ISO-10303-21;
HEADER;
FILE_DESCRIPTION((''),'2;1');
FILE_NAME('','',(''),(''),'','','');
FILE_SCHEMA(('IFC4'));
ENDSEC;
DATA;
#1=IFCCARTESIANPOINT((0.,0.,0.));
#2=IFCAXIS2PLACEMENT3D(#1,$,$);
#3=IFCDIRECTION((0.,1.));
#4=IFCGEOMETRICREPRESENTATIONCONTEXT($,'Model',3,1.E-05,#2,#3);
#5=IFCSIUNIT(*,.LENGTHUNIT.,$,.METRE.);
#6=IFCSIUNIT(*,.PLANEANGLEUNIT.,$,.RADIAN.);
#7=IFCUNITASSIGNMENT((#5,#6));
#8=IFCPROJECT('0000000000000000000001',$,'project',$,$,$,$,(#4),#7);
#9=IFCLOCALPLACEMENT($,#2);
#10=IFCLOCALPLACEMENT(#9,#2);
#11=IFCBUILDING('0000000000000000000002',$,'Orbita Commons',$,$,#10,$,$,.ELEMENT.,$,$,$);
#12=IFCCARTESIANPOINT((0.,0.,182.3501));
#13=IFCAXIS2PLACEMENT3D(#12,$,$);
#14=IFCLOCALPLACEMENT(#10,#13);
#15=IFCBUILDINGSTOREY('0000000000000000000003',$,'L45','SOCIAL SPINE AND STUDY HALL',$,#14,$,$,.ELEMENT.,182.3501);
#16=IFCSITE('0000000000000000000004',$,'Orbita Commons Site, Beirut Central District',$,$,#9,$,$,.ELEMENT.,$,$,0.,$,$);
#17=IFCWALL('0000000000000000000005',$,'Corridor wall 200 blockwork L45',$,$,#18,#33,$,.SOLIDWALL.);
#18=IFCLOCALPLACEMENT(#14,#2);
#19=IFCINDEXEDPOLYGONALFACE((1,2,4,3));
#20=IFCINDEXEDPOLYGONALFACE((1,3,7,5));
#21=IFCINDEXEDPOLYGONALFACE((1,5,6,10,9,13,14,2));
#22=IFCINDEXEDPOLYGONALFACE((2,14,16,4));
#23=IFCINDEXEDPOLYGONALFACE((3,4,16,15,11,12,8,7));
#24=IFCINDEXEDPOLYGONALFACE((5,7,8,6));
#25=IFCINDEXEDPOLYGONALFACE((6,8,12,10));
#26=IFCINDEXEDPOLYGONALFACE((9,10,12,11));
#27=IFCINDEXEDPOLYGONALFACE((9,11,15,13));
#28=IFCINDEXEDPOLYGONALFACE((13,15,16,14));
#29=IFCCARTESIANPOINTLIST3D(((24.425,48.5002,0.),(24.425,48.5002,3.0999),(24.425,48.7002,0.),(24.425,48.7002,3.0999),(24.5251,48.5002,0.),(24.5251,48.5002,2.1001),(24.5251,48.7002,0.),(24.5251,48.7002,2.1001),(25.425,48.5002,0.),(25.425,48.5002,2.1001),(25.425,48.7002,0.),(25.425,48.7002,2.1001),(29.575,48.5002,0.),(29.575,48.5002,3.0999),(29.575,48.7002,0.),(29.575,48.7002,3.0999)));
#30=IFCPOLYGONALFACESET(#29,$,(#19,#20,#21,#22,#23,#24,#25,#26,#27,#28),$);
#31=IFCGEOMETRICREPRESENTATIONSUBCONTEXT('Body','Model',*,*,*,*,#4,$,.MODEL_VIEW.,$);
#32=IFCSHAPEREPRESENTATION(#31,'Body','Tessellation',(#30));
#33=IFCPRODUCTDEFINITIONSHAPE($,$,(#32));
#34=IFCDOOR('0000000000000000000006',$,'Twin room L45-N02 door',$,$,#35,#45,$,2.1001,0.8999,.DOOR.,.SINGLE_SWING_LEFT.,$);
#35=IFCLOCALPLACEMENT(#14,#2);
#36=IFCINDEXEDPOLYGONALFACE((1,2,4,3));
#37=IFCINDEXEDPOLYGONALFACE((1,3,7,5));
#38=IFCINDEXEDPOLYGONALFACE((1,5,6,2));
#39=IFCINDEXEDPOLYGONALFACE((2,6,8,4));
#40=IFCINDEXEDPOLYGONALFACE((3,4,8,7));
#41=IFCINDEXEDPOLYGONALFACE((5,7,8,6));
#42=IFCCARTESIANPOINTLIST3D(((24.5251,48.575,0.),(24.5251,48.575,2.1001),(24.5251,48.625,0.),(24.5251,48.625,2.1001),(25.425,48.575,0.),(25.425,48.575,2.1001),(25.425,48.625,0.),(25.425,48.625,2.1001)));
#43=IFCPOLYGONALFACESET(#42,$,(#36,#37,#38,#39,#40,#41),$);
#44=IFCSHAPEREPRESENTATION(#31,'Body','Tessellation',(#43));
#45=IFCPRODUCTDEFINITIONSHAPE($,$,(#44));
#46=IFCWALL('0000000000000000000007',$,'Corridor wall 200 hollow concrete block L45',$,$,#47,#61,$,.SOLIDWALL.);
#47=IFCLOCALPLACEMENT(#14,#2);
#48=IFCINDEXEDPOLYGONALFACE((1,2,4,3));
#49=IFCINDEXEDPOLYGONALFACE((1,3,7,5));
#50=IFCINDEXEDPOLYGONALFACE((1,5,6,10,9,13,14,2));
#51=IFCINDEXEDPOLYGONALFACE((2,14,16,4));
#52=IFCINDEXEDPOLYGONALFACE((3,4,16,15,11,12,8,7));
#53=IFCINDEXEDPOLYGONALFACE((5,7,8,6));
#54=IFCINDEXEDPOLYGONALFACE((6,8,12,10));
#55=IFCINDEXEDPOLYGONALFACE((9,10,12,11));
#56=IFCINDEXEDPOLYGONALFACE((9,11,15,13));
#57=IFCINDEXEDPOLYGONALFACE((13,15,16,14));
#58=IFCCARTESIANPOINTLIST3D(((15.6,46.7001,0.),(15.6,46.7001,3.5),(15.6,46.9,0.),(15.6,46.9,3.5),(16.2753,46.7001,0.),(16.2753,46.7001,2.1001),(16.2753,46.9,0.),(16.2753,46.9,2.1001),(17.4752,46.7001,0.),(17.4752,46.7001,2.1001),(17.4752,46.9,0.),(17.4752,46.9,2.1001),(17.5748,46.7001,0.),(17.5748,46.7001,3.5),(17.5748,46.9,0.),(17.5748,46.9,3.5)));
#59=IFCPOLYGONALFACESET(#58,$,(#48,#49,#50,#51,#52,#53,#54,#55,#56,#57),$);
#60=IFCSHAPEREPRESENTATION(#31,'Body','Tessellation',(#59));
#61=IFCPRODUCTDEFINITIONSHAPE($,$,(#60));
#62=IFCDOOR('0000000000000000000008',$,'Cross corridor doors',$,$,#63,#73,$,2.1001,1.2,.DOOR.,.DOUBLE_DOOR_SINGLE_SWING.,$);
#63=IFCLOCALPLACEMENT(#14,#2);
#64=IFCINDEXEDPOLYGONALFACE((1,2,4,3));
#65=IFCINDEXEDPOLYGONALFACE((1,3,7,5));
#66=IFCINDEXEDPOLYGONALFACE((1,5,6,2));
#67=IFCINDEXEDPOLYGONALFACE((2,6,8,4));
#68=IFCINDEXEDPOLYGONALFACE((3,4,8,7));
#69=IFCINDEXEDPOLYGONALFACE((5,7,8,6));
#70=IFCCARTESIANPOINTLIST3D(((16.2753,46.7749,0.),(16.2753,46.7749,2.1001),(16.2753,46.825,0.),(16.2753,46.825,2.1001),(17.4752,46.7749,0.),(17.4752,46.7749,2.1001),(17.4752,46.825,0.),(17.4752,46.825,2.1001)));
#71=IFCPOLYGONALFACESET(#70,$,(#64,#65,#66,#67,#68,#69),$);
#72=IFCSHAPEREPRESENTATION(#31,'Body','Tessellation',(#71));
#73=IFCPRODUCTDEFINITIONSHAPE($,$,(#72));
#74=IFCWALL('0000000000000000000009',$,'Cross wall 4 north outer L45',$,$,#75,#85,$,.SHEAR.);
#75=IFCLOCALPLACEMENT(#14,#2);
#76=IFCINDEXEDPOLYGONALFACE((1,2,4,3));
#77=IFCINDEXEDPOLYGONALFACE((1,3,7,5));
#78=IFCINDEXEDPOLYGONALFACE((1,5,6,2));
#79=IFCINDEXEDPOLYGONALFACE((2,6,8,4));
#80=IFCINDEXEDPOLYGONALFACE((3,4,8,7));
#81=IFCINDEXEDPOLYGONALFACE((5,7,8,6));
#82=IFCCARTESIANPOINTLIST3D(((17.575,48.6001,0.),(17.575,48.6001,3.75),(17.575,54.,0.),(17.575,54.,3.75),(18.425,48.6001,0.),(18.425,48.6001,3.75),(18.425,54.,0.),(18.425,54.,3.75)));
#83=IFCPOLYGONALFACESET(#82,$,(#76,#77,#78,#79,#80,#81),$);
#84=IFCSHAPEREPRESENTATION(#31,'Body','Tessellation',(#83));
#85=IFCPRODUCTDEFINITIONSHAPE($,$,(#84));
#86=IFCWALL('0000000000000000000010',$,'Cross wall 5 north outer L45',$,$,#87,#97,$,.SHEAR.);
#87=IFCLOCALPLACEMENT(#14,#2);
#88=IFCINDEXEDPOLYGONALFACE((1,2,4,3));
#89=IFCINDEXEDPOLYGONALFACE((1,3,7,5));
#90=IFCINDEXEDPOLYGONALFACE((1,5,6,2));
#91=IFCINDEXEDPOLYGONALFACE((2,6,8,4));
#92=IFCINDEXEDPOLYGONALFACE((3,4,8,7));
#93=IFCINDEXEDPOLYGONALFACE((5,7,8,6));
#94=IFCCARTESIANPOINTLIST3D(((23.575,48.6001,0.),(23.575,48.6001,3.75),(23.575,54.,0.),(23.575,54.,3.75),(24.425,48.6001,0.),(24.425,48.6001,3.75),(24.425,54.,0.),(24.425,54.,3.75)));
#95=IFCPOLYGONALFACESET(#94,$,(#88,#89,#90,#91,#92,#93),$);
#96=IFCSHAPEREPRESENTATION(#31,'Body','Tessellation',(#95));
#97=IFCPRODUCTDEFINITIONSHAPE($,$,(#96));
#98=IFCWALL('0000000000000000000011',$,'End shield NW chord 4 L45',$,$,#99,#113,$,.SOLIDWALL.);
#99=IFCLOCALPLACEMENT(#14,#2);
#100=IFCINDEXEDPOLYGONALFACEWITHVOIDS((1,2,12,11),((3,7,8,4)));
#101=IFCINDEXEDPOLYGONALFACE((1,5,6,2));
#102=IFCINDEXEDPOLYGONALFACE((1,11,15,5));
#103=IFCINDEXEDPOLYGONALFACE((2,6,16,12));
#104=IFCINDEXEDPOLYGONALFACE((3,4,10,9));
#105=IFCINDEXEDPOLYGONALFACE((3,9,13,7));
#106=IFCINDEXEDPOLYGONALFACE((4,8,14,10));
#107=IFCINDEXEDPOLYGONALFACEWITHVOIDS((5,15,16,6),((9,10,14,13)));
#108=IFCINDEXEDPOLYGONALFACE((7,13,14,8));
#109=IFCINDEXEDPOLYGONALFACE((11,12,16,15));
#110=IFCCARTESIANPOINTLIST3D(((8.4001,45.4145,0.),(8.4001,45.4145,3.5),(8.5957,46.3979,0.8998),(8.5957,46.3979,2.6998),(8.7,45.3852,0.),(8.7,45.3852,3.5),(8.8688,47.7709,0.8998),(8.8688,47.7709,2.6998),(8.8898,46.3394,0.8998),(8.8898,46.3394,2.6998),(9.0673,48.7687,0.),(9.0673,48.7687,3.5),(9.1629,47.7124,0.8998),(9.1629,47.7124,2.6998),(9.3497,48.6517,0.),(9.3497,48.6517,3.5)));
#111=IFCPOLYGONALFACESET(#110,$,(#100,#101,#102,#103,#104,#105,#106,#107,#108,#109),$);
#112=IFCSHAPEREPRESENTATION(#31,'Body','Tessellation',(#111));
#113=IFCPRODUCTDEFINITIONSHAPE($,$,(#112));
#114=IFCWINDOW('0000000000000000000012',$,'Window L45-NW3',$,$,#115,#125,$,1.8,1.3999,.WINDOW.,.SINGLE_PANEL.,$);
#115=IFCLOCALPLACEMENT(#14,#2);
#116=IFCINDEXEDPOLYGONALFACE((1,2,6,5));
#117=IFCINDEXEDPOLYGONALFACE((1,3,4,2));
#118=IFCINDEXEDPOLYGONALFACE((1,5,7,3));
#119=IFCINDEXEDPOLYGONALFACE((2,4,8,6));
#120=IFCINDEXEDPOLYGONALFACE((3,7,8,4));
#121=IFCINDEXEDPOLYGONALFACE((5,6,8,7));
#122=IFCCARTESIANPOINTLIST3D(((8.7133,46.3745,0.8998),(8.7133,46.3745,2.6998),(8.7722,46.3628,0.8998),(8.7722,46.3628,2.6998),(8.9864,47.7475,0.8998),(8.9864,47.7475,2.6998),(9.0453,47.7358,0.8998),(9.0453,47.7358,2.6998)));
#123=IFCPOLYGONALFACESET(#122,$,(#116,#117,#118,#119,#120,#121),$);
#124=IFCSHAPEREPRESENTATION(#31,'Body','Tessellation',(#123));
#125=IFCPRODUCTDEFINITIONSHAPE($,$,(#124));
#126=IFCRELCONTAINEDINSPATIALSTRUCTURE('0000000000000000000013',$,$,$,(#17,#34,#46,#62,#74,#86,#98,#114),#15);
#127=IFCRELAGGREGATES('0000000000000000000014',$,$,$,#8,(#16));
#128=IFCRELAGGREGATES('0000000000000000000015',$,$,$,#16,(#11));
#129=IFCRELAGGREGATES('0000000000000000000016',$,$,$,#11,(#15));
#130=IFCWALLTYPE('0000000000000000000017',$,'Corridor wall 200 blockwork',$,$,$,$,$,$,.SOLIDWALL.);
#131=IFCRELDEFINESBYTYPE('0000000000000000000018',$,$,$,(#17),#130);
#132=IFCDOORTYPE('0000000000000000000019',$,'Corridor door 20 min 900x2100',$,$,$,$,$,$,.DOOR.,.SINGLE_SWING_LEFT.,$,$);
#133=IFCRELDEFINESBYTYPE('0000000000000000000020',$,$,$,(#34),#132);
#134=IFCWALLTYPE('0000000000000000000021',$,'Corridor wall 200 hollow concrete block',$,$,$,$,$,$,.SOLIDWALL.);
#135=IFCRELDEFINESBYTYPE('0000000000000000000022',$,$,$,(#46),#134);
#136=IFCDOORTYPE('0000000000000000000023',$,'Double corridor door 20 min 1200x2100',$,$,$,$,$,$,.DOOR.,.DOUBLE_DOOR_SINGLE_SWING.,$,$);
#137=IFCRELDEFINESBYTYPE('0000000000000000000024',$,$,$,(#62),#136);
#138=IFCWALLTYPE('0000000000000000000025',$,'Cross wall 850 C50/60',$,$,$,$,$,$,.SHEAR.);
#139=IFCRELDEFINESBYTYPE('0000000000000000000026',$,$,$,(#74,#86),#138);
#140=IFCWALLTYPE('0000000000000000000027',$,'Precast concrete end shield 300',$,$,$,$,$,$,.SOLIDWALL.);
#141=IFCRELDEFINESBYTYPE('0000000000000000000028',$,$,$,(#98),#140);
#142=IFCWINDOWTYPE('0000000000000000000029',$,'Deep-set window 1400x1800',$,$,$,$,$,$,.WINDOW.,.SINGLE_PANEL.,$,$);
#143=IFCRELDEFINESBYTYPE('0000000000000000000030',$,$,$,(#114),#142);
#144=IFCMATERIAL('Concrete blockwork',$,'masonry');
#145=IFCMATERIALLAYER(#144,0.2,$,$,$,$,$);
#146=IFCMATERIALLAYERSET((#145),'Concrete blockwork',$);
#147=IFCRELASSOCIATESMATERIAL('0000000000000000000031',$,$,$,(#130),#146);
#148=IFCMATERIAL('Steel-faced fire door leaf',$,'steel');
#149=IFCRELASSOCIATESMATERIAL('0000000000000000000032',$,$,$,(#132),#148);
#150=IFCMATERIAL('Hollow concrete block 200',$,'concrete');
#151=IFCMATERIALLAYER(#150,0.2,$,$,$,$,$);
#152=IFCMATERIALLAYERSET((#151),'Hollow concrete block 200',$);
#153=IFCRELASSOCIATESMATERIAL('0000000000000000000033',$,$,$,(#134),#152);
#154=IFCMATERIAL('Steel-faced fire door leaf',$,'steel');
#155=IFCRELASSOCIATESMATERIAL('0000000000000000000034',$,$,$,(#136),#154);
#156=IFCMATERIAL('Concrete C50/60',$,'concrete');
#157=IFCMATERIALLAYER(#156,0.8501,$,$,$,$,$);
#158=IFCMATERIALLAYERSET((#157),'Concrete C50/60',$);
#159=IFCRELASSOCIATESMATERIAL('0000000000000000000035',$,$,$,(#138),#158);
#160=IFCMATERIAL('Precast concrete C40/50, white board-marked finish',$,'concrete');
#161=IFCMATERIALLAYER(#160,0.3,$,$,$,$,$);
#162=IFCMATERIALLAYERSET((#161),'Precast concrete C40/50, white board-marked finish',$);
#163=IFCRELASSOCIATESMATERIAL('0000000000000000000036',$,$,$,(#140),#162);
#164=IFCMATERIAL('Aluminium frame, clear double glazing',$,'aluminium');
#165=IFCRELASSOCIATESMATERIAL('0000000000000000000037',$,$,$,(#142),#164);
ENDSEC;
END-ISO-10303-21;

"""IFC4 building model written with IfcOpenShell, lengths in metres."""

from ifc_helpers import new_model, si_unit, direction, frame, frame_2d, origin, place, context, subcontext, project, spatial, polyline, rectangle, outline, extrude, material, layer, layer_set, type_object, element, fill, save


model = new_model("IFC4")

# Units and contexts
model_context = context("Model", 3, precision=1e-05, world=origin(), true_north=direction((0.0, 1.0)))
body_context = subcontext(model_context, "Body", "Model", "MODEL_VIEW")
ifc_project = project(units=[si_unit("LENGTHUNIT", "METRE"), si_unit("PLANEANGLEUNIT", "RADIAN")], contexts=[model_context])

# Site, building, storey
site_placement = place(None, origin())
site = spatial("IfcSite", under=ifc_project, at=site_placement, Name="Orbita Commons Site, Beirut Central District", CompositionType="ELEMENT", RefElevation=0.0)
building_placement = place(site_placement, origin())
building = spatial("IfcBuilding", under=site, at=building_placement, Name="Orbita Commons", CompositionType="ELEMENT")
storey_placement = place(building_placement, frame((0.0, 0.0, 182.3501)))
storey = spatial("IfcBuildingStorey", under=building, at=storey_placement, Name="L45", Description="SOCIAL SPINE AND STUDY HALL", CompositionType="ELEMENT", Elevation=182.3501)

# Walls, openings, doors
ifc_material_1 = material(Name="Concrete blockwork", Category="masonry")
ifc_layer_1 = layer(ifc_material_1, 0.2)
ifc_layer_set_1 = layer_set([ifc_layer_1], Name="Concrete blockwork")
wall_type_1 = type_object("IfcWallType", Name="Corridor wall 200 blockwork", PredefinedType="SOLIDWALL", material=ifc_layer_set_1)
ifc_material_2 = material(Name="Steel-faced fire door leaf", Category="steel")
door_type_1 = type_object("IfcDoorType", Name="Corridor door 20 min 900x2100", OperationType="SINGLE_SWING_LEFT", PredefinedType="DOOR", material=ifc_material_2)
wall_1_placement = place(storey_placement, frame((24.425, 48.6001, 0.0), z_axis=(0.0, 0.0, 1.0), x_axis=(1.0, 0.0, 0.0)))
wall_1 = element("IfcWall", 1, at=wall_1_placement, inside=storey, type_object=wall_type_1, Name="Corridor wall 200 blockwork L45", PredefinedType="SOLIDWALL", context=body_context, shape_type="SweptSolid", body=[
    extrude(outline(polyline([(0.0, 0.0), (5.1499, 0.0), (5.1499, 3.0999), (0.0, 3.0999), (0.0, 0.0)])), frame((0.0, 0.1001, 0.0), z_axis=(0.0, -1.0, 0.0), x_axis=(1.0, 0.0, 0.0)), (0.0, 0.0, 1.0), 0.2),
])
opening_1_placement = place(wall_1_placement, frame((0.1001, 0.0, 0.0)))
opening_1 = element("IfcOpeningElement", 2, at=opening_1_placement, cuts=wall_1, PredefinedType="OPENING", context=body_context, shape_type="SweptSolid", body=[
    extrude(rectangle(XDim=0.8999, YDim=2.1001, at=frame_2d((0.45, 1.05))), frame((0.0, 0.1099, 0.0), z_axis=(0.0, -1.0, 0.0), x_axis=(1.0, 0.0, 0.0)), (0.0, 0.0, 1.0), 0.22),
])
door_1_placement = place(opening_1_placement, origin())
door_1 = element("IfcDoor", 3, at=door_1_placement, inside=storey, type_object=door_type_1, Name="Twin room L45-N02 door", OperationType="SINGLE_SWING_LEFT", OverallHeight=2.1001, OverallWidth=0.8999, PredefinedType="DOOR", context=body_context, shape_type="SweptSolid", body=[
    extrude(rectangle(XDim=0.8999, YDim=2.1001, at=frame_2d((0.45, 1.05))), frame((0.0, 0.0249, 0.0), z_axis=(0.0, -1.0, 0.0), x_axis=(1.0, 0.0, 0.0)), (0.0, 0.0, 1.0), 0.05),
])
fill(opening_1, door_1)
ifc_material_3 = material(Name="Hollow concrete block 200", Category="concrete")
ifc_layer_2 = layer(ifc_material_3, 0.2)
ifc_layer_set_2 = layer_set([ifc_layer_2], Name="Hollow concrete block 200")
wall_type_2 = type_object("IfcWallType", Name="Corridor wall 200 hollow concrete block", PredefinedType="SOLIDWALL", material=ifc_layer_set_2)
wall_2_placement = place(storey_placement, frame((15.6001, 46.8, 0.0), z_axis=(0.0, 0.0, 1.0), x_axis=(1.0, 0.0, 0.0)))
wall_2 = element("IfcWall", 4, at=wall_2_placement, inside=storey, type_object=wall_type_2, Name="Corridor wall 200 hollow concrete block L45", PredefinedType="SOLIDWALL", context=body_context, shape_type="SweptSolid", body=[
    extrude(rectangle(XDim=1.9749, YDim=0.2, at=frame_2d((0.9873, 0.0))), origin(), (0.0, 0.0, 1.0), 3.5),
])
opening_2_placement = place(wall_2_placement, frame((0.675, 0.0, 0.0)))
opening_2 = element("IfcOpeningElement", 5, at=opening_2_placement, cuts=wall_2, PredefinedType="OPENING", context=body_context, shape_type="SweptSolid", body=[
    extrude(rectangle(XDim=1.2, YDim=2.1001, at=frame_2d((0.6001, 1.05))), frame((0.0, 0.1099, 0.0), z_axis=(0.0, -1.0, 0.0), x_axis=(1.0, 0.0, 0.0)), (0.0, 0.0, 1.0), 0.22),
])
ifc_material_4 = material(Name="Steel-faced fire door leaf", Category="steel")
door_type_2 = type_object("IfcDoorType", Name="Double corridor door 20 min 1200x2100", OperationType="DOUBLE_DOOR_SINGLE_SWING", PredefinedType="DOOR", material=ifc_material_4)
door_2_placement = place(opening_2_placement, origin())
door_2 = element("IfcDoor", 6, at=door_2_placement, inside=storey, type_object=door_type_2, Name="Cross corridor doors", OperationType="DOUBLE_DOOR_SINGLE_SWING", OverallHeight=2.1001, OverallWidth=1.2, PredefinedType="DOOR", context=body_context, shape_type="SweptSolid", body=[
    extrude(rectangle(XDim=1.2, YDim=2.1001, at=frame_2d((0.6001, 1.05))), frame((0.0, 0.0249, 0.0), z_axis=(0.0, -1.0, 0.0), x_axis=(1.0, 0.0, 0.0)), (0.0, 0.0, 1.0), 0.05),
])
fill(opening_2, door_2)

# Walls
ifc_material_5 = material(Name="Concrete C50/60", Category="concrete")
ifc_layer_3 = layer(ifc_material_5, 0.8501)
ifc_layer_set_3 = layer_set([ifc_layer_3], Name="Concrete C50/60")
wall_type_3 = type_object("IfcWallType", Name="Cross wall 850 C50/60", PredefinedType="SHEAR", material=ifc_layer_set_3)
for number, where, z_axis, x_axis, name in (
    (7, (18.0, 48.6001, 0.0), (0.0, 0.0, 1.0), (0.0, 1.0, 0.0), "Cross wall 4 north outer L45"),
    (8, (24.0, 48.6001, 0.0), (0.0, 0.0, 1.0), (0.0, 1.0, 0.0), "Cross wall 5 north outer L45"),
):
    element("IfcWall", number, at=place(storey_placement, frame(where, z_axis=z_axis, x_axis=x_axis)), inside=storey, type_object=wall_type_3, Name=name, PredefinedType="SHEAR", context=body_context, shape_type="SweptSolid", body=[
        extrude(rectangle(XDim=5.3999, YDim=0.8501, at=frame_2d((2.7, 0.0))), origin(), (0.0, 0.0, 1.0), 3.75),
    ])

# Wall, opening, window
ifc_material_6 = material(Name="Precast concrete C40/50, white board-marked finish", Category="concrete")
ifc_layer_4 = layer(ifc_material_6, 0.3)
ifc_layer_set_4 = layer_set([ifc_layer_4], Name="Precast concrete C40/50, white board-marked finish")
wall_type_4 = type_object("IfcWallType", Name="Precast concrete end shield 300", PredefinedType="SOLIDWALL", material=ifc_layer_set_4)
wall_3_placement = place(storey_placement, frame((9.2085, 48.7102, 0.0), z_axis=(0.0, 0.0, 1.0), x_axis=(-0.195087, -0.980786, 0.0)))
wall_3 = element("IfcWall", 9, at=wall_3_placement, inside=storey, type_object=wall_type_4, Name="End shield NW chord 4 L45", PredefinedType="SOLIDWALL", context=body_context, shape_type="SweptSolid", body=[
    extrude(outline(polyline([(-0.0298, -0.1499), (3.3901, -0.1499), (3.3604, 0.1499), (0.0298, 0.1499), (-0.0298, -0.1499)])), origin(), (0.0, 0.0, 1.0), 3.5),
])
opening_3_placement = place(wall_3_placement, frame((0.9875, 0.0, 0.8999)))
opening_3 = element("IfcOpeningElement", 10, at=opening_3_placement, cuts=wall_3, PredefinedType="OPENING", context=body_context, shape_type="SweptSolid", body=[
    extrude(rectangle(XDim=1.3999, YDim=1.8, at=frame_2d((0.7, 0.8999))), frame((0.0, 0.1599, 0.0), z_axis=(0.0, -1.0, 0.0), x_axis=(1.0, 0.0, 0.0)), (0.0, 0.0, 1.0), 0.3201),
])
ifc_material_7 = material(Name="Aluminium frame, clear double glazing", Category="aluminium")
window_type = type_object("IfcWindowType", Name="Deep-set window 1400x1800", PartitioningType="SINGLE_PANEL", PredefinedType="WINDOW", material=ifc_material_7)
window_placement = place(opening_3_placement, origin())
window = element("IfcWindow", 11, at=window_placement, inside=storey, type_object=window_type, Name="Window L45-NW3", OverallHeight=1.8, OverallWidth=1.3999, PartitioningType="SINGLE_PANEL", PredefinedType="WINDOW", context=body_context, shape_type="SweptSolid", body=[
    extrude(rectangle(XDim=1.3999, YDim=1.8, at=frame_2d((0.7, 0.8999))), frame((0.0, 0.03, 0.0), z_axis=(0.0, -1.0, 0.0), x_axis=(1.0, 0.0, 0.0)), (0.0, 0.0, 1.0), 0.0601),
])
fill(opening_3, window)

save(model, "model.ifc")
